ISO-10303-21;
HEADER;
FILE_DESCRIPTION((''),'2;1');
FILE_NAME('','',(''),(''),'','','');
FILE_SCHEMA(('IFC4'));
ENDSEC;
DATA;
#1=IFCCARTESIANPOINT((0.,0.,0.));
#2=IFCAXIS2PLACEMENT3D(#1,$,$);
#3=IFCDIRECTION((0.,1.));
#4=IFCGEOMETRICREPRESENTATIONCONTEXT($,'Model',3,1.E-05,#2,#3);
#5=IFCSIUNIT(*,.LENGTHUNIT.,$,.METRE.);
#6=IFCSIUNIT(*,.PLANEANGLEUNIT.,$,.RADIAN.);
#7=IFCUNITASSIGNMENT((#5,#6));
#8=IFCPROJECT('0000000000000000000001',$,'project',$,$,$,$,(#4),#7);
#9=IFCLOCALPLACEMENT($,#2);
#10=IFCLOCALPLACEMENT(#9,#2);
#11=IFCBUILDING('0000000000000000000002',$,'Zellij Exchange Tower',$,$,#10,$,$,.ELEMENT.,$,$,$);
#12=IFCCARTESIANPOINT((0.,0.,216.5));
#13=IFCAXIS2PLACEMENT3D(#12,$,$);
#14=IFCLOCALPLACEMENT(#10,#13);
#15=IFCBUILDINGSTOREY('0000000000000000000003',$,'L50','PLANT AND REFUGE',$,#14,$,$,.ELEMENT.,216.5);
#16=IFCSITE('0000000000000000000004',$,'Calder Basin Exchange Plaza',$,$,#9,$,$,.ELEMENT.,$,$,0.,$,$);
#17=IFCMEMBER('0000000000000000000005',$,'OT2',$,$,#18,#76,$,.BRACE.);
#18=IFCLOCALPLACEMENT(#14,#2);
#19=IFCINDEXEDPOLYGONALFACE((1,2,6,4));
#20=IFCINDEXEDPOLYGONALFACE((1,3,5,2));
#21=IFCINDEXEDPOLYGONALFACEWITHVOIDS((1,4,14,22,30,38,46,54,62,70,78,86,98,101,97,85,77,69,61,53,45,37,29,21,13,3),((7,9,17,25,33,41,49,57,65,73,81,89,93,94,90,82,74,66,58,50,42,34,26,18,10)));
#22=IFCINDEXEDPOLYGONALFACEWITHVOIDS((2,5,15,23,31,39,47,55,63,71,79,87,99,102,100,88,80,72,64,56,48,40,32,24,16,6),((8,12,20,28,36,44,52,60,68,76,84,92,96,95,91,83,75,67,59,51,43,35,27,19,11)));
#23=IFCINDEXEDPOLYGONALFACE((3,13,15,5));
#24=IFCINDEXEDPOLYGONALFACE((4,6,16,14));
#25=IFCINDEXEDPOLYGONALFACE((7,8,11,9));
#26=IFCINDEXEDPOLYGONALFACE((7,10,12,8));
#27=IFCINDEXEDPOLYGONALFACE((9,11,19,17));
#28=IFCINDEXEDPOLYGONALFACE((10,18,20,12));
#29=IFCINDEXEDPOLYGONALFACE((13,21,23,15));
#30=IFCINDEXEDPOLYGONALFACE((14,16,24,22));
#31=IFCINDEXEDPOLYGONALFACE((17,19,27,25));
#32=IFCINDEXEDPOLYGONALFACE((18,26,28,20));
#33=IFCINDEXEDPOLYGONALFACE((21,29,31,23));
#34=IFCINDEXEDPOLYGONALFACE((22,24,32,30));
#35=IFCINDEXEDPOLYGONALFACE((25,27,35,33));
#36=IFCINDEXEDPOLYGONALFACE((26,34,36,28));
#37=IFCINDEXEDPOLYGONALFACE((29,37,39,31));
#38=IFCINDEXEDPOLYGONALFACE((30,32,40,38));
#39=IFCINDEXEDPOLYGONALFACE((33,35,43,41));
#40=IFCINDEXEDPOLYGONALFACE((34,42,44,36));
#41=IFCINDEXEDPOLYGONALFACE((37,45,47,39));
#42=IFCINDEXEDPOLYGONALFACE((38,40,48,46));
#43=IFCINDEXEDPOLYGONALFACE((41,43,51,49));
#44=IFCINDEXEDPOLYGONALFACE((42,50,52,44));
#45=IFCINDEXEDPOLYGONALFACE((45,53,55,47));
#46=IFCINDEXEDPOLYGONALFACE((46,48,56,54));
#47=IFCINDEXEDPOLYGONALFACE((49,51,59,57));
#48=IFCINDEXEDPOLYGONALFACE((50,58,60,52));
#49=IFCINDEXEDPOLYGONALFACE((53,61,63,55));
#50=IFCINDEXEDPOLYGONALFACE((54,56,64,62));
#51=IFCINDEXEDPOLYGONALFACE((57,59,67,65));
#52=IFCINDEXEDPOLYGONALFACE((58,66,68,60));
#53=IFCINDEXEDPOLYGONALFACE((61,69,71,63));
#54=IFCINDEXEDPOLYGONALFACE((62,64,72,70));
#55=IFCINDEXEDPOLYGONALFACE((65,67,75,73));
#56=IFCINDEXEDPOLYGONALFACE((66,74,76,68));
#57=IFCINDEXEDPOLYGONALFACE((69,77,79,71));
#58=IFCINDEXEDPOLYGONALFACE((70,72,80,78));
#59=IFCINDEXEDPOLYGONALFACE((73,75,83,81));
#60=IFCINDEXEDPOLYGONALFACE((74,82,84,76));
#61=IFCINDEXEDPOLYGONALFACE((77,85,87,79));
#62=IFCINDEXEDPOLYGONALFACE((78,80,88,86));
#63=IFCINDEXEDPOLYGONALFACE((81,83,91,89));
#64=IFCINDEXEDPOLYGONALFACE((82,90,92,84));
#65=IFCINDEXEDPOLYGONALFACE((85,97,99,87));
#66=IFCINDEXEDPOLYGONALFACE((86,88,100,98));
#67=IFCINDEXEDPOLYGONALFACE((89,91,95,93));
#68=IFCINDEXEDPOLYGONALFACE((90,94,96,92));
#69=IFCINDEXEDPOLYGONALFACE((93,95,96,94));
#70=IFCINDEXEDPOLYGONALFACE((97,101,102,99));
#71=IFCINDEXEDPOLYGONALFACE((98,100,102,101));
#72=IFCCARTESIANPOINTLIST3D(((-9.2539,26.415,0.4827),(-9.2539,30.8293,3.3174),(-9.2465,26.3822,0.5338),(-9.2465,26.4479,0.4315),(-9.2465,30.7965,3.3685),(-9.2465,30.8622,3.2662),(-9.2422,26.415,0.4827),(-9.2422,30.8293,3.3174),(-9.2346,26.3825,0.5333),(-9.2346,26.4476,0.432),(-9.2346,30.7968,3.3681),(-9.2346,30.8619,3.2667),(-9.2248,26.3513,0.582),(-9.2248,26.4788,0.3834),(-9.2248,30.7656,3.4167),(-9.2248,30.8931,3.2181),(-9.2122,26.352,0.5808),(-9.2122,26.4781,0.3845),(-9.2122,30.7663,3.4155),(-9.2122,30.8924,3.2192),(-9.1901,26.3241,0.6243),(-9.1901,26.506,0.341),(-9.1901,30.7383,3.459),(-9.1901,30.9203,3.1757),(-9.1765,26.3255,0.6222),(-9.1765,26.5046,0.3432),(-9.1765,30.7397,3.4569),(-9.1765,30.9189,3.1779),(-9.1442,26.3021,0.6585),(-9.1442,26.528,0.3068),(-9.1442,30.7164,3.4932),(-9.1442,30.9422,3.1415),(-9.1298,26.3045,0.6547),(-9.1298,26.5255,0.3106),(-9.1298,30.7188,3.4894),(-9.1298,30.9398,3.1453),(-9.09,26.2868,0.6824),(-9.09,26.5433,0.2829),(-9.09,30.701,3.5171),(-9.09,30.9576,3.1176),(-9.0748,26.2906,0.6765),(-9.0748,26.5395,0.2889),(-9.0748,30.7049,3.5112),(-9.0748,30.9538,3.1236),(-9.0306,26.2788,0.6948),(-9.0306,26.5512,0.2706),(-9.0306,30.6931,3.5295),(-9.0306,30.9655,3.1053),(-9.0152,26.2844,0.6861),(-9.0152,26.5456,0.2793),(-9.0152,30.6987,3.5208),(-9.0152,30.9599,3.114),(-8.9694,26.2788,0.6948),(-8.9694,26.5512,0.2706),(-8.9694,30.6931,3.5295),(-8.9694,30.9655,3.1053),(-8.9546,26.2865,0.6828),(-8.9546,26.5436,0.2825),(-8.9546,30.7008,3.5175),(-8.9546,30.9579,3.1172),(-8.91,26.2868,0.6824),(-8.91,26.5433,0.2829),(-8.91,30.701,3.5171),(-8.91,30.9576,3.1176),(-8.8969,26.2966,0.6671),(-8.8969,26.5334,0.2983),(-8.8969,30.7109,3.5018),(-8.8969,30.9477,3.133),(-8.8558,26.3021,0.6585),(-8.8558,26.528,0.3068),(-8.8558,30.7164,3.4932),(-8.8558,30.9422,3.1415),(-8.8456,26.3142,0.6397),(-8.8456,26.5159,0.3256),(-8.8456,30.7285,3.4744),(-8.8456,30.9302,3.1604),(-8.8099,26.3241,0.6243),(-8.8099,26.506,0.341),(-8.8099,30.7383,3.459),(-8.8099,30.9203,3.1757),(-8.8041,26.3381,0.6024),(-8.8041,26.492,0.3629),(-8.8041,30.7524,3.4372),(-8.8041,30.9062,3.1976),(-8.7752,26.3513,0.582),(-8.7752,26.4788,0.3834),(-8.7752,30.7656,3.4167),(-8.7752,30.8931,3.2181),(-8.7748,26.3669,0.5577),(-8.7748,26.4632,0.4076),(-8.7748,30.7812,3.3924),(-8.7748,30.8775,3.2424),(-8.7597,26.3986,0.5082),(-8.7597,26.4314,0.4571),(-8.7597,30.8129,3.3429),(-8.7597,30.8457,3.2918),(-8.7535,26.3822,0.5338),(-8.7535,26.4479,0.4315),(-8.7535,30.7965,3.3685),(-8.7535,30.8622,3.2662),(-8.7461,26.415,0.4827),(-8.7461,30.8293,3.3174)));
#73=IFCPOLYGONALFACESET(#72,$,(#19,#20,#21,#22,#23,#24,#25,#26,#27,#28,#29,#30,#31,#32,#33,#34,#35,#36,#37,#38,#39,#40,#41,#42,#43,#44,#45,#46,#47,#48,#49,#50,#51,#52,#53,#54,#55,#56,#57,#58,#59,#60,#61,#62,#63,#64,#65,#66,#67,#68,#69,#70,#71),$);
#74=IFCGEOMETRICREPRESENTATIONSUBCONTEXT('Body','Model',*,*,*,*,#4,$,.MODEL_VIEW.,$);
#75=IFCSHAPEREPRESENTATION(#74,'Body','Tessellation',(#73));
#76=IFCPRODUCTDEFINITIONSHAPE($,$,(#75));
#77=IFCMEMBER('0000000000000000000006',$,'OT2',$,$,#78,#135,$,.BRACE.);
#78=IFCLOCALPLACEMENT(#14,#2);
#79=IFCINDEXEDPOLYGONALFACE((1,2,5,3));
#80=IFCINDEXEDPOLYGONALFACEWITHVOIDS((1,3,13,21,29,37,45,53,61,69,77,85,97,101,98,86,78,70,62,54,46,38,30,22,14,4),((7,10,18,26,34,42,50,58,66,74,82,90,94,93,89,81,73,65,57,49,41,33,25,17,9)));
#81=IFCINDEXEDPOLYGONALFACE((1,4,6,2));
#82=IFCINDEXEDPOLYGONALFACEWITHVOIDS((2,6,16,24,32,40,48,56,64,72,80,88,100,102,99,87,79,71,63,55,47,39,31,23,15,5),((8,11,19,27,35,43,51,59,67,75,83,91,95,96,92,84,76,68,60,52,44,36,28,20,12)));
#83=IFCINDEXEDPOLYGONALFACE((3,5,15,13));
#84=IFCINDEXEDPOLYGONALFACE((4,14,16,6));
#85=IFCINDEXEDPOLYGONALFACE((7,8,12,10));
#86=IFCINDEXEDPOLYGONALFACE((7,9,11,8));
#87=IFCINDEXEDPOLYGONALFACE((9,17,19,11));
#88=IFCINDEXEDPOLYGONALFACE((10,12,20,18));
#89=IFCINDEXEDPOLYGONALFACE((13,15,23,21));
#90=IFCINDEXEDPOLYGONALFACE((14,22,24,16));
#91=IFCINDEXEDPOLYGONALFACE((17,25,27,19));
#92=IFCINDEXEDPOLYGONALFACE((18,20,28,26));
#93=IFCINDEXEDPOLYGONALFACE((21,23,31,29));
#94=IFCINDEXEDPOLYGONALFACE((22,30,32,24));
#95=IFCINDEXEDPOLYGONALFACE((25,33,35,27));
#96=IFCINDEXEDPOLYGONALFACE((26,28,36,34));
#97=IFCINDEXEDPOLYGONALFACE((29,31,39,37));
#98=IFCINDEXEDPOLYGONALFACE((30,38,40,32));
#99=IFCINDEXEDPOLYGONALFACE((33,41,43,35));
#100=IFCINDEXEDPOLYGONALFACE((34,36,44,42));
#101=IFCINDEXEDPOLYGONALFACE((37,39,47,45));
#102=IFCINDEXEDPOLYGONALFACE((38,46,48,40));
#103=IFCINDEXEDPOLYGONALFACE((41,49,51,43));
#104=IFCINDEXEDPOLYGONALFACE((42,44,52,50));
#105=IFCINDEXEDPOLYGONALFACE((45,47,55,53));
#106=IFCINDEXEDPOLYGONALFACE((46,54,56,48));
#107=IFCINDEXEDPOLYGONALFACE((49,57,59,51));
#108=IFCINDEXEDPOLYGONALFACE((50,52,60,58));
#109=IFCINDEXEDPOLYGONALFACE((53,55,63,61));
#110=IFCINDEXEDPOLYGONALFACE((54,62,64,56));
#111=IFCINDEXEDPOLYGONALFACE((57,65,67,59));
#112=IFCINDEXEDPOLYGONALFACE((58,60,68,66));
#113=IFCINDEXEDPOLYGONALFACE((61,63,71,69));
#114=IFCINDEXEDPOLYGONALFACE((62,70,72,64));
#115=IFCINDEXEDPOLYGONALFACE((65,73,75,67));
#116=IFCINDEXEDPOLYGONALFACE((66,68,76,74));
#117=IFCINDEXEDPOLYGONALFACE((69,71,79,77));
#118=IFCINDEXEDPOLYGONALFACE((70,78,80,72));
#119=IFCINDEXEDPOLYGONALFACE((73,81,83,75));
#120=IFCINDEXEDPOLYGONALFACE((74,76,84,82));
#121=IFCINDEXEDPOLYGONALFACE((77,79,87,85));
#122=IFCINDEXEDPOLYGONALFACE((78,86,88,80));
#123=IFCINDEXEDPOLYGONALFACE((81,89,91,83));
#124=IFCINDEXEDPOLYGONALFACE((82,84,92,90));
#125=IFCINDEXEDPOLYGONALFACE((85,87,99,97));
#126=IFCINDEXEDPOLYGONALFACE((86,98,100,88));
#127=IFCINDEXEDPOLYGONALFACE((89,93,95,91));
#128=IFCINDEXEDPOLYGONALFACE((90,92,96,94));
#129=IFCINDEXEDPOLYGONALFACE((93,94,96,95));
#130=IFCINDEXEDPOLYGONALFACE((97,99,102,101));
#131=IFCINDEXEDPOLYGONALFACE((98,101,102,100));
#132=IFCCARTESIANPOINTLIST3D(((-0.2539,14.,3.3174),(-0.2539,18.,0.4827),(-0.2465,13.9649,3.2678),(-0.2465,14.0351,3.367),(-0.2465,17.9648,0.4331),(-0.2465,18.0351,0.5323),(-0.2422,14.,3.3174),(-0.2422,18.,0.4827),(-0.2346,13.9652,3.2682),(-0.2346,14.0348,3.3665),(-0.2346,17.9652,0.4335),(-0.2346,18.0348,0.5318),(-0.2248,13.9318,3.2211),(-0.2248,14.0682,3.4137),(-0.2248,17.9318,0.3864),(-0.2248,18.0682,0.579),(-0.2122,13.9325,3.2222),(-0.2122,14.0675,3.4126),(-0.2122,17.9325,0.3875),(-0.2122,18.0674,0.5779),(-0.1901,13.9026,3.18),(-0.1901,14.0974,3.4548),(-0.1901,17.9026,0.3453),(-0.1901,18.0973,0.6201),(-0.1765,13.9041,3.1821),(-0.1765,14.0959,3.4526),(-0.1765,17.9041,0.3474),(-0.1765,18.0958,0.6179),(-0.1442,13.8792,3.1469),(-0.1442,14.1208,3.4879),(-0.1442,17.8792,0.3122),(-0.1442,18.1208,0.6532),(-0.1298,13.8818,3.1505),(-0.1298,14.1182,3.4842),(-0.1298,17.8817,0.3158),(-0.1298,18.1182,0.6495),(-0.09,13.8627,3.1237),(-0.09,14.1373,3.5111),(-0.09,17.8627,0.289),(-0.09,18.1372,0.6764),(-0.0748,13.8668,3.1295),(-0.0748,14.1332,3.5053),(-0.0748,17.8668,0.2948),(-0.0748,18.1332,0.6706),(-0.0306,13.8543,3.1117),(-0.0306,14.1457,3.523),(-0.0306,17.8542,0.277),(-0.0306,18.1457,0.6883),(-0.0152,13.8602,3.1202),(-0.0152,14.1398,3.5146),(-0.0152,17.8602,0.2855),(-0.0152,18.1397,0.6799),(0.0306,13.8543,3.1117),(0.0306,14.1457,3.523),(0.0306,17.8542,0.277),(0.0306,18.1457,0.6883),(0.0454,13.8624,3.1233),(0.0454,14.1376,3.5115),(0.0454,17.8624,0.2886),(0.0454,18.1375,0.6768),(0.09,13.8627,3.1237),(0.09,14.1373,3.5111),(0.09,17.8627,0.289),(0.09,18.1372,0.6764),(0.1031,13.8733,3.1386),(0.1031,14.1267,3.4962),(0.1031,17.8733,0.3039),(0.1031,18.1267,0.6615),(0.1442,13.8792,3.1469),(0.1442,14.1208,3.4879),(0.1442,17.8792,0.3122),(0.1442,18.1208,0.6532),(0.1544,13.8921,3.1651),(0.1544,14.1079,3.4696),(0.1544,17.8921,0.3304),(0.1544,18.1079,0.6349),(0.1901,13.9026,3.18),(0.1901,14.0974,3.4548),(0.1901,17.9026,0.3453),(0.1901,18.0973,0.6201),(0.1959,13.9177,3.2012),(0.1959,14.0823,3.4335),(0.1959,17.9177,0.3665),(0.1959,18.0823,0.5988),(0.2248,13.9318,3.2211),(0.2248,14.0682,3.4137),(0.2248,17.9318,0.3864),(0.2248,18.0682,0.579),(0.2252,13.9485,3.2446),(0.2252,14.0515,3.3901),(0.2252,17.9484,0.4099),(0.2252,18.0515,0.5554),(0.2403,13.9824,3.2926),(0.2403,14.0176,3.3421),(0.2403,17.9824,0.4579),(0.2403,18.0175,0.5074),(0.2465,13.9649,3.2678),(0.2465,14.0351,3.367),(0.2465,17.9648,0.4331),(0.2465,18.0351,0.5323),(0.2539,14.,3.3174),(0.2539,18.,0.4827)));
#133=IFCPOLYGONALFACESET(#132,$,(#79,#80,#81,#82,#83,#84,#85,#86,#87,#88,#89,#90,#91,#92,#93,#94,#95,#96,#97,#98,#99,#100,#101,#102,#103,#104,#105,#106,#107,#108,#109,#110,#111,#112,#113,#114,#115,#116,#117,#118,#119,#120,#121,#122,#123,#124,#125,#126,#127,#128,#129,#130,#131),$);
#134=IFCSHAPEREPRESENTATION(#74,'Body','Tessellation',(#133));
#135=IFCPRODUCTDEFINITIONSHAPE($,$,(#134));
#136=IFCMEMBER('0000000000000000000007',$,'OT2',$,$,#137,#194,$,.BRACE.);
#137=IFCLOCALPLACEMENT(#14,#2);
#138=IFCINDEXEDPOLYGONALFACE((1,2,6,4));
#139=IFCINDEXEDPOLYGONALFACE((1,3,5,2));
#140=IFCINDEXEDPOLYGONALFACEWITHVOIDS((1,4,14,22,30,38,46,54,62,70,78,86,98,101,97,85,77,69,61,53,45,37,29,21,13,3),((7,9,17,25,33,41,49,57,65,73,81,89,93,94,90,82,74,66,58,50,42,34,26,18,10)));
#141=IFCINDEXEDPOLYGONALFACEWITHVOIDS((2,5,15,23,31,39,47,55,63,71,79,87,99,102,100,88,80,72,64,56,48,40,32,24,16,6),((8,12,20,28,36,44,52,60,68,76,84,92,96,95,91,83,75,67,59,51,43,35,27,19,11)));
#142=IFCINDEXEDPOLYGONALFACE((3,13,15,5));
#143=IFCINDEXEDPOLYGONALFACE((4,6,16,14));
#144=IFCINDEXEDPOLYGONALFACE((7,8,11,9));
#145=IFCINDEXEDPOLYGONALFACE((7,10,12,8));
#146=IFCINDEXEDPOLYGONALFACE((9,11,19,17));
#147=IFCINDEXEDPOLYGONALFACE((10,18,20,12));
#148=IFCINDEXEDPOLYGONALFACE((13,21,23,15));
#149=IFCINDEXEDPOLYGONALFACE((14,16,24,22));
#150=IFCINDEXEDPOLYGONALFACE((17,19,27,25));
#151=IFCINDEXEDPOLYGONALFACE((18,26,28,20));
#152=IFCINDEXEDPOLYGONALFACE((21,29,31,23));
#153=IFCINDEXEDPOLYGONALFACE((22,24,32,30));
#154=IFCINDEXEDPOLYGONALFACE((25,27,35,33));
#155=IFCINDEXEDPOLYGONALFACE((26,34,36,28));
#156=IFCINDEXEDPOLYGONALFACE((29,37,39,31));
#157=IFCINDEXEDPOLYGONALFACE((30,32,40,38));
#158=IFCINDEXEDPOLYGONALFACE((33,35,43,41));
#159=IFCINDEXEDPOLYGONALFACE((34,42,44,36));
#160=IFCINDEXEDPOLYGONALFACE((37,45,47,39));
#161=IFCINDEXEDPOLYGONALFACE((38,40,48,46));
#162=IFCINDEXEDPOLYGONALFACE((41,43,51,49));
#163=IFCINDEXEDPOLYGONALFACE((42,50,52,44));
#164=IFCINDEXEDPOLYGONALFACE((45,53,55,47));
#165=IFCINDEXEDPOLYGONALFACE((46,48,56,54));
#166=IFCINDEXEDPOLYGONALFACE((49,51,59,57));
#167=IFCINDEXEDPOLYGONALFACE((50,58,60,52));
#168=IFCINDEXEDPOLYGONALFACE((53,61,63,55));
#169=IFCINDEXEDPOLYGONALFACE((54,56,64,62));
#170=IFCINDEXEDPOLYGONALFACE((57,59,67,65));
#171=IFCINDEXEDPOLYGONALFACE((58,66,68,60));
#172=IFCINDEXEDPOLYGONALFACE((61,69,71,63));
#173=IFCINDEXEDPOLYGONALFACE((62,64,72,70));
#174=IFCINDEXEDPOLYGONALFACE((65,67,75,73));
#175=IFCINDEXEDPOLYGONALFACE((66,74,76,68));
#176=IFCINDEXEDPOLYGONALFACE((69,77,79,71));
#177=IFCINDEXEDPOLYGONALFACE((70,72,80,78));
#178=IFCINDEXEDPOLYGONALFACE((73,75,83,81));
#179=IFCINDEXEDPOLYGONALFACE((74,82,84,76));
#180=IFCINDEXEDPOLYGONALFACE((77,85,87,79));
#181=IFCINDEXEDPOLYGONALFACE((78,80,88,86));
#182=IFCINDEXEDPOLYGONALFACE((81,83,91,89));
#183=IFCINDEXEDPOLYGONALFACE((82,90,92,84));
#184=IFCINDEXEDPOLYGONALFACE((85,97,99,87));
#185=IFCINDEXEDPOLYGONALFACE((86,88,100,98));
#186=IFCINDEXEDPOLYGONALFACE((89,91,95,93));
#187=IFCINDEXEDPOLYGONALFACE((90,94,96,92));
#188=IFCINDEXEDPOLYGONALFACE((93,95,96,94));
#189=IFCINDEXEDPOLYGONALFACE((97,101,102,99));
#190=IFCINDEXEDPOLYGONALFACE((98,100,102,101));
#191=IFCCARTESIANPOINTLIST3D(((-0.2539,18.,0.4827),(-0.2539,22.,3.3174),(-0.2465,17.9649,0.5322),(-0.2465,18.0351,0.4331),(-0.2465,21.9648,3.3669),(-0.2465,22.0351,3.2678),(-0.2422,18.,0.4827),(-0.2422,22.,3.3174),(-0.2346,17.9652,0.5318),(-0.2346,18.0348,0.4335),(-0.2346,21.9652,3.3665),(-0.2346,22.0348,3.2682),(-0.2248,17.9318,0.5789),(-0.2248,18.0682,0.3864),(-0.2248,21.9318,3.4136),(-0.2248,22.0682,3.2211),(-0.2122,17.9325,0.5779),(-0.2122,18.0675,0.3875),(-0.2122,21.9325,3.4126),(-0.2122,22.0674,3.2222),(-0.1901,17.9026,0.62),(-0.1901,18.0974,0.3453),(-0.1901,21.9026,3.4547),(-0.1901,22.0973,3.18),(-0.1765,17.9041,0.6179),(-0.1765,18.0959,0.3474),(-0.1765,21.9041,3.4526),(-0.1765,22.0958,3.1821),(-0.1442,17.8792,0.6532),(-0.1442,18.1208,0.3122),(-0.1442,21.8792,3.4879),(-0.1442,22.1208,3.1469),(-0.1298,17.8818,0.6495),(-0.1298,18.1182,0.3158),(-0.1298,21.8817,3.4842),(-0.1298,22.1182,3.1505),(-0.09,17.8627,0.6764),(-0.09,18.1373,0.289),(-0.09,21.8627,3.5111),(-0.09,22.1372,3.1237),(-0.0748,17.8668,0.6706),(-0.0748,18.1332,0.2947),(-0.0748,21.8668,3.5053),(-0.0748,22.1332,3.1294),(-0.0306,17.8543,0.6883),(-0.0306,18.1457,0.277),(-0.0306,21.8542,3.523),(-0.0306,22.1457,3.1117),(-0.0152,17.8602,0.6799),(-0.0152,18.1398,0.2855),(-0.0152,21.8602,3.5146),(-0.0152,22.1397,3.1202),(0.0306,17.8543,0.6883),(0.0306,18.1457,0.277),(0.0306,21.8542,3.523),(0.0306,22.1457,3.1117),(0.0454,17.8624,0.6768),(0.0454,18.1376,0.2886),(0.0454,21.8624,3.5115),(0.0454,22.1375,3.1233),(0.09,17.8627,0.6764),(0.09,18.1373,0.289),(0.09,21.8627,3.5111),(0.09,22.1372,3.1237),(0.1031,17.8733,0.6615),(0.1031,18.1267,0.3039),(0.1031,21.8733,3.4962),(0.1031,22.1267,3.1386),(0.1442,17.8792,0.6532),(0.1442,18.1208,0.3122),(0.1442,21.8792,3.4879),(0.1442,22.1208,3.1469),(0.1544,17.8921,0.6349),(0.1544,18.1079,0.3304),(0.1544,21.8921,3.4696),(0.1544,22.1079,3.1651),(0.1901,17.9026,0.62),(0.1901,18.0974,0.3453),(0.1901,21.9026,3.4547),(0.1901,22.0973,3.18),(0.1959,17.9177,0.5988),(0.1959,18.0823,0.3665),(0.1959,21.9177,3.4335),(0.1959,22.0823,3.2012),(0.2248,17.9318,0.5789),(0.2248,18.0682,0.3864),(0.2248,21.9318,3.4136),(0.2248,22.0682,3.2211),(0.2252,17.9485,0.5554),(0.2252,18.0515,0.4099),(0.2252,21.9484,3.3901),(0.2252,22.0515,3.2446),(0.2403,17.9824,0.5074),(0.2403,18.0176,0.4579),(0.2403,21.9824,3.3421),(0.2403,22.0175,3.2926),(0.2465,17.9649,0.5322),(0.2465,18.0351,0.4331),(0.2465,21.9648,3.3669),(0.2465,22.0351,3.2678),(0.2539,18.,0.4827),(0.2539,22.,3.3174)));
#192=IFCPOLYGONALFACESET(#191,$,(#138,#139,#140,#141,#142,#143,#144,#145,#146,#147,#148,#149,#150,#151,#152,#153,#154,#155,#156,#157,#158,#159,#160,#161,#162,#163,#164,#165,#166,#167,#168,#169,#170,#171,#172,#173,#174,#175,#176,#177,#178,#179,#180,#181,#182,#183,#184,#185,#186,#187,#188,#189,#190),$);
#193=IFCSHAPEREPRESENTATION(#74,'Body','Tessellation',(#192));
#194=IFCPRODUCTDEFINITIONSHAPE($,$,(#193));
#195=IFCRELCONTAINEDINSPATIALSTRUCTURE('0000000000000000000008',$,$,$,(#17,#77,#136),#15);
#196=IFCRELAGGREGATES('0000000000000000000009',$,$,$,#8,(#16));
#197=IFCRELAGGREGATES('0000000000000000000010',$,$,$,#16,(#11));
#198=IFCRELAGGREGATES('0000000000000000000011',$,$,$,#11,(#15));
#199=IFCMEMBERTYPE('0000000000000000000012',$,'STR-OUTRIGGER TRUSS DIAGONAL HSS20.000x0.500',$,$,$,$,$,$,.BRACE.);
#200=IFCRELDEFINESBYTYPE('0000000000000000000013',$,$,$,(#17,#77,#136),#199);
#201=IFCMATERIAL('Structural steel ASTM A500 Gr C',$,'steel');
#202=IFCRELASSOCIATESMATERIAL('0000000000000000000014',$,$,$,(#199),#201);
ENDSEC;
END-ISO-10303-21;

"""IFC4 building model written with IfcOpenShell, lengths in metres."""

from ifc_helpers import new_model, si_unit, direction, frame, origin, origin_2d, place, context, subcontext, project, spatial, hollow_circle, extrude, material, material_profile, profile_set, type_object, element, save


model = new_model("IFC4")

# Units and contexts
model_context = context("Model", 3, precision=1e-05, world=origin(), true_north=direction((0.0, 1.0)))
body_context = subcontext(model_context, "Body", "Model", "MODEL_VIEW")
ifc_project = project(units=[si_unit("LENGTHUNIT", "METRE"), si_unit("PLANEANGLEUNIT", "RADIAN")], contexts=[model_context])

# Site, building, storey
site_placement = place(None, origin())
site = spatial("IfcSite", under=ifc_project, at=site_placement, Name="Calder Basin Exchange Plaza", CompositionType="ELEMENT", RefElevation=0.0)
building_placement = place(site_placement, origin())
building = spatial("IfcBuilding", under=site, at=building_placement, Name="Zellij Exchange Tower", CompositionType="ELEMENT")
storey_placement = place(building_placement, frame((0.0, 0.0, 216.5)))
storey = spatial("IfcBuildingStorey", under=building, at=storey_placement, Name="L50", Description="PLANT AND REFUGE", CompositionType="ELEMENT", Elevation=216.5)

# Members
ifc_material_1 = material(Name="Structural steel ASTM A500 Gr C", Category="steel")
ifc_material_profile_1 = material_profile(ifc_material_1, hollow_circle(Radius=0.2539, WallThickness=0.0117, at=origin_2d()), Name="STR-OUTRIGGER TRUSS DIAGONAL HSS20.000x0.500")
ifc_profile_set_1 = profile_set([ifc_material_profile_1], Name="Structural steel ASTM A500 Gr C")
member_type_1 = type_object("IfcMemberType", Name="STR-OUTRIGGER TRUSS DIAGONAL HSS20.000x0.500", PredefinedType="BRACE", material=ifc_profile_set_1)
member_1_placement = place(storey_placement, frame((-9.0, 26.415, 0.4827), z_axis=(0.0, 0.841443, 0.540346), x_axis=(-1.0, 0.0, 0.0)))
element("IfcMember", 1, at=member_1_placement, inside=storey, type_object=member_type_1, Name="OT2", PredefinedType="BRACE", context=body_context, shape_type="SweptSolid", body=[
    extrude(hollow_circle(Radius=0.2539, WallThickness=0.0117, at=origin_2d()), origin(), (0.0, 0.0, 1.0), 5.2461),
])
for number, where, z_axis, x_axis, name in (
    (2, (0.0, 14.0, 3.3174), (0.0, 0.815891, -0.578205), (-1.0, 0.0, 0.0), "OT2"),
    (3, (0.0, 18.0, 0.4827), (0.0, 0.815891, 0.578205), (-1.0, 0.0, 0.0), "OT2"),
):
    element("IfcMember", number, at=place(storey_placement, frame(where, z_axis=z_axis, x_axis=x_axis)), inside=storey, type_object=member_type_1, Name=name, PredefinedType="BRACE", context=body_context, shape_type="SweptSolid", body=[
        extrude(hollow_circle(Radius=0.2539, WallThickness=0.0117, at=origin_2d()), origin(), (0.0, 0.0, 1.0), 4.9026),
    ])

save(model, "model.ifc")
